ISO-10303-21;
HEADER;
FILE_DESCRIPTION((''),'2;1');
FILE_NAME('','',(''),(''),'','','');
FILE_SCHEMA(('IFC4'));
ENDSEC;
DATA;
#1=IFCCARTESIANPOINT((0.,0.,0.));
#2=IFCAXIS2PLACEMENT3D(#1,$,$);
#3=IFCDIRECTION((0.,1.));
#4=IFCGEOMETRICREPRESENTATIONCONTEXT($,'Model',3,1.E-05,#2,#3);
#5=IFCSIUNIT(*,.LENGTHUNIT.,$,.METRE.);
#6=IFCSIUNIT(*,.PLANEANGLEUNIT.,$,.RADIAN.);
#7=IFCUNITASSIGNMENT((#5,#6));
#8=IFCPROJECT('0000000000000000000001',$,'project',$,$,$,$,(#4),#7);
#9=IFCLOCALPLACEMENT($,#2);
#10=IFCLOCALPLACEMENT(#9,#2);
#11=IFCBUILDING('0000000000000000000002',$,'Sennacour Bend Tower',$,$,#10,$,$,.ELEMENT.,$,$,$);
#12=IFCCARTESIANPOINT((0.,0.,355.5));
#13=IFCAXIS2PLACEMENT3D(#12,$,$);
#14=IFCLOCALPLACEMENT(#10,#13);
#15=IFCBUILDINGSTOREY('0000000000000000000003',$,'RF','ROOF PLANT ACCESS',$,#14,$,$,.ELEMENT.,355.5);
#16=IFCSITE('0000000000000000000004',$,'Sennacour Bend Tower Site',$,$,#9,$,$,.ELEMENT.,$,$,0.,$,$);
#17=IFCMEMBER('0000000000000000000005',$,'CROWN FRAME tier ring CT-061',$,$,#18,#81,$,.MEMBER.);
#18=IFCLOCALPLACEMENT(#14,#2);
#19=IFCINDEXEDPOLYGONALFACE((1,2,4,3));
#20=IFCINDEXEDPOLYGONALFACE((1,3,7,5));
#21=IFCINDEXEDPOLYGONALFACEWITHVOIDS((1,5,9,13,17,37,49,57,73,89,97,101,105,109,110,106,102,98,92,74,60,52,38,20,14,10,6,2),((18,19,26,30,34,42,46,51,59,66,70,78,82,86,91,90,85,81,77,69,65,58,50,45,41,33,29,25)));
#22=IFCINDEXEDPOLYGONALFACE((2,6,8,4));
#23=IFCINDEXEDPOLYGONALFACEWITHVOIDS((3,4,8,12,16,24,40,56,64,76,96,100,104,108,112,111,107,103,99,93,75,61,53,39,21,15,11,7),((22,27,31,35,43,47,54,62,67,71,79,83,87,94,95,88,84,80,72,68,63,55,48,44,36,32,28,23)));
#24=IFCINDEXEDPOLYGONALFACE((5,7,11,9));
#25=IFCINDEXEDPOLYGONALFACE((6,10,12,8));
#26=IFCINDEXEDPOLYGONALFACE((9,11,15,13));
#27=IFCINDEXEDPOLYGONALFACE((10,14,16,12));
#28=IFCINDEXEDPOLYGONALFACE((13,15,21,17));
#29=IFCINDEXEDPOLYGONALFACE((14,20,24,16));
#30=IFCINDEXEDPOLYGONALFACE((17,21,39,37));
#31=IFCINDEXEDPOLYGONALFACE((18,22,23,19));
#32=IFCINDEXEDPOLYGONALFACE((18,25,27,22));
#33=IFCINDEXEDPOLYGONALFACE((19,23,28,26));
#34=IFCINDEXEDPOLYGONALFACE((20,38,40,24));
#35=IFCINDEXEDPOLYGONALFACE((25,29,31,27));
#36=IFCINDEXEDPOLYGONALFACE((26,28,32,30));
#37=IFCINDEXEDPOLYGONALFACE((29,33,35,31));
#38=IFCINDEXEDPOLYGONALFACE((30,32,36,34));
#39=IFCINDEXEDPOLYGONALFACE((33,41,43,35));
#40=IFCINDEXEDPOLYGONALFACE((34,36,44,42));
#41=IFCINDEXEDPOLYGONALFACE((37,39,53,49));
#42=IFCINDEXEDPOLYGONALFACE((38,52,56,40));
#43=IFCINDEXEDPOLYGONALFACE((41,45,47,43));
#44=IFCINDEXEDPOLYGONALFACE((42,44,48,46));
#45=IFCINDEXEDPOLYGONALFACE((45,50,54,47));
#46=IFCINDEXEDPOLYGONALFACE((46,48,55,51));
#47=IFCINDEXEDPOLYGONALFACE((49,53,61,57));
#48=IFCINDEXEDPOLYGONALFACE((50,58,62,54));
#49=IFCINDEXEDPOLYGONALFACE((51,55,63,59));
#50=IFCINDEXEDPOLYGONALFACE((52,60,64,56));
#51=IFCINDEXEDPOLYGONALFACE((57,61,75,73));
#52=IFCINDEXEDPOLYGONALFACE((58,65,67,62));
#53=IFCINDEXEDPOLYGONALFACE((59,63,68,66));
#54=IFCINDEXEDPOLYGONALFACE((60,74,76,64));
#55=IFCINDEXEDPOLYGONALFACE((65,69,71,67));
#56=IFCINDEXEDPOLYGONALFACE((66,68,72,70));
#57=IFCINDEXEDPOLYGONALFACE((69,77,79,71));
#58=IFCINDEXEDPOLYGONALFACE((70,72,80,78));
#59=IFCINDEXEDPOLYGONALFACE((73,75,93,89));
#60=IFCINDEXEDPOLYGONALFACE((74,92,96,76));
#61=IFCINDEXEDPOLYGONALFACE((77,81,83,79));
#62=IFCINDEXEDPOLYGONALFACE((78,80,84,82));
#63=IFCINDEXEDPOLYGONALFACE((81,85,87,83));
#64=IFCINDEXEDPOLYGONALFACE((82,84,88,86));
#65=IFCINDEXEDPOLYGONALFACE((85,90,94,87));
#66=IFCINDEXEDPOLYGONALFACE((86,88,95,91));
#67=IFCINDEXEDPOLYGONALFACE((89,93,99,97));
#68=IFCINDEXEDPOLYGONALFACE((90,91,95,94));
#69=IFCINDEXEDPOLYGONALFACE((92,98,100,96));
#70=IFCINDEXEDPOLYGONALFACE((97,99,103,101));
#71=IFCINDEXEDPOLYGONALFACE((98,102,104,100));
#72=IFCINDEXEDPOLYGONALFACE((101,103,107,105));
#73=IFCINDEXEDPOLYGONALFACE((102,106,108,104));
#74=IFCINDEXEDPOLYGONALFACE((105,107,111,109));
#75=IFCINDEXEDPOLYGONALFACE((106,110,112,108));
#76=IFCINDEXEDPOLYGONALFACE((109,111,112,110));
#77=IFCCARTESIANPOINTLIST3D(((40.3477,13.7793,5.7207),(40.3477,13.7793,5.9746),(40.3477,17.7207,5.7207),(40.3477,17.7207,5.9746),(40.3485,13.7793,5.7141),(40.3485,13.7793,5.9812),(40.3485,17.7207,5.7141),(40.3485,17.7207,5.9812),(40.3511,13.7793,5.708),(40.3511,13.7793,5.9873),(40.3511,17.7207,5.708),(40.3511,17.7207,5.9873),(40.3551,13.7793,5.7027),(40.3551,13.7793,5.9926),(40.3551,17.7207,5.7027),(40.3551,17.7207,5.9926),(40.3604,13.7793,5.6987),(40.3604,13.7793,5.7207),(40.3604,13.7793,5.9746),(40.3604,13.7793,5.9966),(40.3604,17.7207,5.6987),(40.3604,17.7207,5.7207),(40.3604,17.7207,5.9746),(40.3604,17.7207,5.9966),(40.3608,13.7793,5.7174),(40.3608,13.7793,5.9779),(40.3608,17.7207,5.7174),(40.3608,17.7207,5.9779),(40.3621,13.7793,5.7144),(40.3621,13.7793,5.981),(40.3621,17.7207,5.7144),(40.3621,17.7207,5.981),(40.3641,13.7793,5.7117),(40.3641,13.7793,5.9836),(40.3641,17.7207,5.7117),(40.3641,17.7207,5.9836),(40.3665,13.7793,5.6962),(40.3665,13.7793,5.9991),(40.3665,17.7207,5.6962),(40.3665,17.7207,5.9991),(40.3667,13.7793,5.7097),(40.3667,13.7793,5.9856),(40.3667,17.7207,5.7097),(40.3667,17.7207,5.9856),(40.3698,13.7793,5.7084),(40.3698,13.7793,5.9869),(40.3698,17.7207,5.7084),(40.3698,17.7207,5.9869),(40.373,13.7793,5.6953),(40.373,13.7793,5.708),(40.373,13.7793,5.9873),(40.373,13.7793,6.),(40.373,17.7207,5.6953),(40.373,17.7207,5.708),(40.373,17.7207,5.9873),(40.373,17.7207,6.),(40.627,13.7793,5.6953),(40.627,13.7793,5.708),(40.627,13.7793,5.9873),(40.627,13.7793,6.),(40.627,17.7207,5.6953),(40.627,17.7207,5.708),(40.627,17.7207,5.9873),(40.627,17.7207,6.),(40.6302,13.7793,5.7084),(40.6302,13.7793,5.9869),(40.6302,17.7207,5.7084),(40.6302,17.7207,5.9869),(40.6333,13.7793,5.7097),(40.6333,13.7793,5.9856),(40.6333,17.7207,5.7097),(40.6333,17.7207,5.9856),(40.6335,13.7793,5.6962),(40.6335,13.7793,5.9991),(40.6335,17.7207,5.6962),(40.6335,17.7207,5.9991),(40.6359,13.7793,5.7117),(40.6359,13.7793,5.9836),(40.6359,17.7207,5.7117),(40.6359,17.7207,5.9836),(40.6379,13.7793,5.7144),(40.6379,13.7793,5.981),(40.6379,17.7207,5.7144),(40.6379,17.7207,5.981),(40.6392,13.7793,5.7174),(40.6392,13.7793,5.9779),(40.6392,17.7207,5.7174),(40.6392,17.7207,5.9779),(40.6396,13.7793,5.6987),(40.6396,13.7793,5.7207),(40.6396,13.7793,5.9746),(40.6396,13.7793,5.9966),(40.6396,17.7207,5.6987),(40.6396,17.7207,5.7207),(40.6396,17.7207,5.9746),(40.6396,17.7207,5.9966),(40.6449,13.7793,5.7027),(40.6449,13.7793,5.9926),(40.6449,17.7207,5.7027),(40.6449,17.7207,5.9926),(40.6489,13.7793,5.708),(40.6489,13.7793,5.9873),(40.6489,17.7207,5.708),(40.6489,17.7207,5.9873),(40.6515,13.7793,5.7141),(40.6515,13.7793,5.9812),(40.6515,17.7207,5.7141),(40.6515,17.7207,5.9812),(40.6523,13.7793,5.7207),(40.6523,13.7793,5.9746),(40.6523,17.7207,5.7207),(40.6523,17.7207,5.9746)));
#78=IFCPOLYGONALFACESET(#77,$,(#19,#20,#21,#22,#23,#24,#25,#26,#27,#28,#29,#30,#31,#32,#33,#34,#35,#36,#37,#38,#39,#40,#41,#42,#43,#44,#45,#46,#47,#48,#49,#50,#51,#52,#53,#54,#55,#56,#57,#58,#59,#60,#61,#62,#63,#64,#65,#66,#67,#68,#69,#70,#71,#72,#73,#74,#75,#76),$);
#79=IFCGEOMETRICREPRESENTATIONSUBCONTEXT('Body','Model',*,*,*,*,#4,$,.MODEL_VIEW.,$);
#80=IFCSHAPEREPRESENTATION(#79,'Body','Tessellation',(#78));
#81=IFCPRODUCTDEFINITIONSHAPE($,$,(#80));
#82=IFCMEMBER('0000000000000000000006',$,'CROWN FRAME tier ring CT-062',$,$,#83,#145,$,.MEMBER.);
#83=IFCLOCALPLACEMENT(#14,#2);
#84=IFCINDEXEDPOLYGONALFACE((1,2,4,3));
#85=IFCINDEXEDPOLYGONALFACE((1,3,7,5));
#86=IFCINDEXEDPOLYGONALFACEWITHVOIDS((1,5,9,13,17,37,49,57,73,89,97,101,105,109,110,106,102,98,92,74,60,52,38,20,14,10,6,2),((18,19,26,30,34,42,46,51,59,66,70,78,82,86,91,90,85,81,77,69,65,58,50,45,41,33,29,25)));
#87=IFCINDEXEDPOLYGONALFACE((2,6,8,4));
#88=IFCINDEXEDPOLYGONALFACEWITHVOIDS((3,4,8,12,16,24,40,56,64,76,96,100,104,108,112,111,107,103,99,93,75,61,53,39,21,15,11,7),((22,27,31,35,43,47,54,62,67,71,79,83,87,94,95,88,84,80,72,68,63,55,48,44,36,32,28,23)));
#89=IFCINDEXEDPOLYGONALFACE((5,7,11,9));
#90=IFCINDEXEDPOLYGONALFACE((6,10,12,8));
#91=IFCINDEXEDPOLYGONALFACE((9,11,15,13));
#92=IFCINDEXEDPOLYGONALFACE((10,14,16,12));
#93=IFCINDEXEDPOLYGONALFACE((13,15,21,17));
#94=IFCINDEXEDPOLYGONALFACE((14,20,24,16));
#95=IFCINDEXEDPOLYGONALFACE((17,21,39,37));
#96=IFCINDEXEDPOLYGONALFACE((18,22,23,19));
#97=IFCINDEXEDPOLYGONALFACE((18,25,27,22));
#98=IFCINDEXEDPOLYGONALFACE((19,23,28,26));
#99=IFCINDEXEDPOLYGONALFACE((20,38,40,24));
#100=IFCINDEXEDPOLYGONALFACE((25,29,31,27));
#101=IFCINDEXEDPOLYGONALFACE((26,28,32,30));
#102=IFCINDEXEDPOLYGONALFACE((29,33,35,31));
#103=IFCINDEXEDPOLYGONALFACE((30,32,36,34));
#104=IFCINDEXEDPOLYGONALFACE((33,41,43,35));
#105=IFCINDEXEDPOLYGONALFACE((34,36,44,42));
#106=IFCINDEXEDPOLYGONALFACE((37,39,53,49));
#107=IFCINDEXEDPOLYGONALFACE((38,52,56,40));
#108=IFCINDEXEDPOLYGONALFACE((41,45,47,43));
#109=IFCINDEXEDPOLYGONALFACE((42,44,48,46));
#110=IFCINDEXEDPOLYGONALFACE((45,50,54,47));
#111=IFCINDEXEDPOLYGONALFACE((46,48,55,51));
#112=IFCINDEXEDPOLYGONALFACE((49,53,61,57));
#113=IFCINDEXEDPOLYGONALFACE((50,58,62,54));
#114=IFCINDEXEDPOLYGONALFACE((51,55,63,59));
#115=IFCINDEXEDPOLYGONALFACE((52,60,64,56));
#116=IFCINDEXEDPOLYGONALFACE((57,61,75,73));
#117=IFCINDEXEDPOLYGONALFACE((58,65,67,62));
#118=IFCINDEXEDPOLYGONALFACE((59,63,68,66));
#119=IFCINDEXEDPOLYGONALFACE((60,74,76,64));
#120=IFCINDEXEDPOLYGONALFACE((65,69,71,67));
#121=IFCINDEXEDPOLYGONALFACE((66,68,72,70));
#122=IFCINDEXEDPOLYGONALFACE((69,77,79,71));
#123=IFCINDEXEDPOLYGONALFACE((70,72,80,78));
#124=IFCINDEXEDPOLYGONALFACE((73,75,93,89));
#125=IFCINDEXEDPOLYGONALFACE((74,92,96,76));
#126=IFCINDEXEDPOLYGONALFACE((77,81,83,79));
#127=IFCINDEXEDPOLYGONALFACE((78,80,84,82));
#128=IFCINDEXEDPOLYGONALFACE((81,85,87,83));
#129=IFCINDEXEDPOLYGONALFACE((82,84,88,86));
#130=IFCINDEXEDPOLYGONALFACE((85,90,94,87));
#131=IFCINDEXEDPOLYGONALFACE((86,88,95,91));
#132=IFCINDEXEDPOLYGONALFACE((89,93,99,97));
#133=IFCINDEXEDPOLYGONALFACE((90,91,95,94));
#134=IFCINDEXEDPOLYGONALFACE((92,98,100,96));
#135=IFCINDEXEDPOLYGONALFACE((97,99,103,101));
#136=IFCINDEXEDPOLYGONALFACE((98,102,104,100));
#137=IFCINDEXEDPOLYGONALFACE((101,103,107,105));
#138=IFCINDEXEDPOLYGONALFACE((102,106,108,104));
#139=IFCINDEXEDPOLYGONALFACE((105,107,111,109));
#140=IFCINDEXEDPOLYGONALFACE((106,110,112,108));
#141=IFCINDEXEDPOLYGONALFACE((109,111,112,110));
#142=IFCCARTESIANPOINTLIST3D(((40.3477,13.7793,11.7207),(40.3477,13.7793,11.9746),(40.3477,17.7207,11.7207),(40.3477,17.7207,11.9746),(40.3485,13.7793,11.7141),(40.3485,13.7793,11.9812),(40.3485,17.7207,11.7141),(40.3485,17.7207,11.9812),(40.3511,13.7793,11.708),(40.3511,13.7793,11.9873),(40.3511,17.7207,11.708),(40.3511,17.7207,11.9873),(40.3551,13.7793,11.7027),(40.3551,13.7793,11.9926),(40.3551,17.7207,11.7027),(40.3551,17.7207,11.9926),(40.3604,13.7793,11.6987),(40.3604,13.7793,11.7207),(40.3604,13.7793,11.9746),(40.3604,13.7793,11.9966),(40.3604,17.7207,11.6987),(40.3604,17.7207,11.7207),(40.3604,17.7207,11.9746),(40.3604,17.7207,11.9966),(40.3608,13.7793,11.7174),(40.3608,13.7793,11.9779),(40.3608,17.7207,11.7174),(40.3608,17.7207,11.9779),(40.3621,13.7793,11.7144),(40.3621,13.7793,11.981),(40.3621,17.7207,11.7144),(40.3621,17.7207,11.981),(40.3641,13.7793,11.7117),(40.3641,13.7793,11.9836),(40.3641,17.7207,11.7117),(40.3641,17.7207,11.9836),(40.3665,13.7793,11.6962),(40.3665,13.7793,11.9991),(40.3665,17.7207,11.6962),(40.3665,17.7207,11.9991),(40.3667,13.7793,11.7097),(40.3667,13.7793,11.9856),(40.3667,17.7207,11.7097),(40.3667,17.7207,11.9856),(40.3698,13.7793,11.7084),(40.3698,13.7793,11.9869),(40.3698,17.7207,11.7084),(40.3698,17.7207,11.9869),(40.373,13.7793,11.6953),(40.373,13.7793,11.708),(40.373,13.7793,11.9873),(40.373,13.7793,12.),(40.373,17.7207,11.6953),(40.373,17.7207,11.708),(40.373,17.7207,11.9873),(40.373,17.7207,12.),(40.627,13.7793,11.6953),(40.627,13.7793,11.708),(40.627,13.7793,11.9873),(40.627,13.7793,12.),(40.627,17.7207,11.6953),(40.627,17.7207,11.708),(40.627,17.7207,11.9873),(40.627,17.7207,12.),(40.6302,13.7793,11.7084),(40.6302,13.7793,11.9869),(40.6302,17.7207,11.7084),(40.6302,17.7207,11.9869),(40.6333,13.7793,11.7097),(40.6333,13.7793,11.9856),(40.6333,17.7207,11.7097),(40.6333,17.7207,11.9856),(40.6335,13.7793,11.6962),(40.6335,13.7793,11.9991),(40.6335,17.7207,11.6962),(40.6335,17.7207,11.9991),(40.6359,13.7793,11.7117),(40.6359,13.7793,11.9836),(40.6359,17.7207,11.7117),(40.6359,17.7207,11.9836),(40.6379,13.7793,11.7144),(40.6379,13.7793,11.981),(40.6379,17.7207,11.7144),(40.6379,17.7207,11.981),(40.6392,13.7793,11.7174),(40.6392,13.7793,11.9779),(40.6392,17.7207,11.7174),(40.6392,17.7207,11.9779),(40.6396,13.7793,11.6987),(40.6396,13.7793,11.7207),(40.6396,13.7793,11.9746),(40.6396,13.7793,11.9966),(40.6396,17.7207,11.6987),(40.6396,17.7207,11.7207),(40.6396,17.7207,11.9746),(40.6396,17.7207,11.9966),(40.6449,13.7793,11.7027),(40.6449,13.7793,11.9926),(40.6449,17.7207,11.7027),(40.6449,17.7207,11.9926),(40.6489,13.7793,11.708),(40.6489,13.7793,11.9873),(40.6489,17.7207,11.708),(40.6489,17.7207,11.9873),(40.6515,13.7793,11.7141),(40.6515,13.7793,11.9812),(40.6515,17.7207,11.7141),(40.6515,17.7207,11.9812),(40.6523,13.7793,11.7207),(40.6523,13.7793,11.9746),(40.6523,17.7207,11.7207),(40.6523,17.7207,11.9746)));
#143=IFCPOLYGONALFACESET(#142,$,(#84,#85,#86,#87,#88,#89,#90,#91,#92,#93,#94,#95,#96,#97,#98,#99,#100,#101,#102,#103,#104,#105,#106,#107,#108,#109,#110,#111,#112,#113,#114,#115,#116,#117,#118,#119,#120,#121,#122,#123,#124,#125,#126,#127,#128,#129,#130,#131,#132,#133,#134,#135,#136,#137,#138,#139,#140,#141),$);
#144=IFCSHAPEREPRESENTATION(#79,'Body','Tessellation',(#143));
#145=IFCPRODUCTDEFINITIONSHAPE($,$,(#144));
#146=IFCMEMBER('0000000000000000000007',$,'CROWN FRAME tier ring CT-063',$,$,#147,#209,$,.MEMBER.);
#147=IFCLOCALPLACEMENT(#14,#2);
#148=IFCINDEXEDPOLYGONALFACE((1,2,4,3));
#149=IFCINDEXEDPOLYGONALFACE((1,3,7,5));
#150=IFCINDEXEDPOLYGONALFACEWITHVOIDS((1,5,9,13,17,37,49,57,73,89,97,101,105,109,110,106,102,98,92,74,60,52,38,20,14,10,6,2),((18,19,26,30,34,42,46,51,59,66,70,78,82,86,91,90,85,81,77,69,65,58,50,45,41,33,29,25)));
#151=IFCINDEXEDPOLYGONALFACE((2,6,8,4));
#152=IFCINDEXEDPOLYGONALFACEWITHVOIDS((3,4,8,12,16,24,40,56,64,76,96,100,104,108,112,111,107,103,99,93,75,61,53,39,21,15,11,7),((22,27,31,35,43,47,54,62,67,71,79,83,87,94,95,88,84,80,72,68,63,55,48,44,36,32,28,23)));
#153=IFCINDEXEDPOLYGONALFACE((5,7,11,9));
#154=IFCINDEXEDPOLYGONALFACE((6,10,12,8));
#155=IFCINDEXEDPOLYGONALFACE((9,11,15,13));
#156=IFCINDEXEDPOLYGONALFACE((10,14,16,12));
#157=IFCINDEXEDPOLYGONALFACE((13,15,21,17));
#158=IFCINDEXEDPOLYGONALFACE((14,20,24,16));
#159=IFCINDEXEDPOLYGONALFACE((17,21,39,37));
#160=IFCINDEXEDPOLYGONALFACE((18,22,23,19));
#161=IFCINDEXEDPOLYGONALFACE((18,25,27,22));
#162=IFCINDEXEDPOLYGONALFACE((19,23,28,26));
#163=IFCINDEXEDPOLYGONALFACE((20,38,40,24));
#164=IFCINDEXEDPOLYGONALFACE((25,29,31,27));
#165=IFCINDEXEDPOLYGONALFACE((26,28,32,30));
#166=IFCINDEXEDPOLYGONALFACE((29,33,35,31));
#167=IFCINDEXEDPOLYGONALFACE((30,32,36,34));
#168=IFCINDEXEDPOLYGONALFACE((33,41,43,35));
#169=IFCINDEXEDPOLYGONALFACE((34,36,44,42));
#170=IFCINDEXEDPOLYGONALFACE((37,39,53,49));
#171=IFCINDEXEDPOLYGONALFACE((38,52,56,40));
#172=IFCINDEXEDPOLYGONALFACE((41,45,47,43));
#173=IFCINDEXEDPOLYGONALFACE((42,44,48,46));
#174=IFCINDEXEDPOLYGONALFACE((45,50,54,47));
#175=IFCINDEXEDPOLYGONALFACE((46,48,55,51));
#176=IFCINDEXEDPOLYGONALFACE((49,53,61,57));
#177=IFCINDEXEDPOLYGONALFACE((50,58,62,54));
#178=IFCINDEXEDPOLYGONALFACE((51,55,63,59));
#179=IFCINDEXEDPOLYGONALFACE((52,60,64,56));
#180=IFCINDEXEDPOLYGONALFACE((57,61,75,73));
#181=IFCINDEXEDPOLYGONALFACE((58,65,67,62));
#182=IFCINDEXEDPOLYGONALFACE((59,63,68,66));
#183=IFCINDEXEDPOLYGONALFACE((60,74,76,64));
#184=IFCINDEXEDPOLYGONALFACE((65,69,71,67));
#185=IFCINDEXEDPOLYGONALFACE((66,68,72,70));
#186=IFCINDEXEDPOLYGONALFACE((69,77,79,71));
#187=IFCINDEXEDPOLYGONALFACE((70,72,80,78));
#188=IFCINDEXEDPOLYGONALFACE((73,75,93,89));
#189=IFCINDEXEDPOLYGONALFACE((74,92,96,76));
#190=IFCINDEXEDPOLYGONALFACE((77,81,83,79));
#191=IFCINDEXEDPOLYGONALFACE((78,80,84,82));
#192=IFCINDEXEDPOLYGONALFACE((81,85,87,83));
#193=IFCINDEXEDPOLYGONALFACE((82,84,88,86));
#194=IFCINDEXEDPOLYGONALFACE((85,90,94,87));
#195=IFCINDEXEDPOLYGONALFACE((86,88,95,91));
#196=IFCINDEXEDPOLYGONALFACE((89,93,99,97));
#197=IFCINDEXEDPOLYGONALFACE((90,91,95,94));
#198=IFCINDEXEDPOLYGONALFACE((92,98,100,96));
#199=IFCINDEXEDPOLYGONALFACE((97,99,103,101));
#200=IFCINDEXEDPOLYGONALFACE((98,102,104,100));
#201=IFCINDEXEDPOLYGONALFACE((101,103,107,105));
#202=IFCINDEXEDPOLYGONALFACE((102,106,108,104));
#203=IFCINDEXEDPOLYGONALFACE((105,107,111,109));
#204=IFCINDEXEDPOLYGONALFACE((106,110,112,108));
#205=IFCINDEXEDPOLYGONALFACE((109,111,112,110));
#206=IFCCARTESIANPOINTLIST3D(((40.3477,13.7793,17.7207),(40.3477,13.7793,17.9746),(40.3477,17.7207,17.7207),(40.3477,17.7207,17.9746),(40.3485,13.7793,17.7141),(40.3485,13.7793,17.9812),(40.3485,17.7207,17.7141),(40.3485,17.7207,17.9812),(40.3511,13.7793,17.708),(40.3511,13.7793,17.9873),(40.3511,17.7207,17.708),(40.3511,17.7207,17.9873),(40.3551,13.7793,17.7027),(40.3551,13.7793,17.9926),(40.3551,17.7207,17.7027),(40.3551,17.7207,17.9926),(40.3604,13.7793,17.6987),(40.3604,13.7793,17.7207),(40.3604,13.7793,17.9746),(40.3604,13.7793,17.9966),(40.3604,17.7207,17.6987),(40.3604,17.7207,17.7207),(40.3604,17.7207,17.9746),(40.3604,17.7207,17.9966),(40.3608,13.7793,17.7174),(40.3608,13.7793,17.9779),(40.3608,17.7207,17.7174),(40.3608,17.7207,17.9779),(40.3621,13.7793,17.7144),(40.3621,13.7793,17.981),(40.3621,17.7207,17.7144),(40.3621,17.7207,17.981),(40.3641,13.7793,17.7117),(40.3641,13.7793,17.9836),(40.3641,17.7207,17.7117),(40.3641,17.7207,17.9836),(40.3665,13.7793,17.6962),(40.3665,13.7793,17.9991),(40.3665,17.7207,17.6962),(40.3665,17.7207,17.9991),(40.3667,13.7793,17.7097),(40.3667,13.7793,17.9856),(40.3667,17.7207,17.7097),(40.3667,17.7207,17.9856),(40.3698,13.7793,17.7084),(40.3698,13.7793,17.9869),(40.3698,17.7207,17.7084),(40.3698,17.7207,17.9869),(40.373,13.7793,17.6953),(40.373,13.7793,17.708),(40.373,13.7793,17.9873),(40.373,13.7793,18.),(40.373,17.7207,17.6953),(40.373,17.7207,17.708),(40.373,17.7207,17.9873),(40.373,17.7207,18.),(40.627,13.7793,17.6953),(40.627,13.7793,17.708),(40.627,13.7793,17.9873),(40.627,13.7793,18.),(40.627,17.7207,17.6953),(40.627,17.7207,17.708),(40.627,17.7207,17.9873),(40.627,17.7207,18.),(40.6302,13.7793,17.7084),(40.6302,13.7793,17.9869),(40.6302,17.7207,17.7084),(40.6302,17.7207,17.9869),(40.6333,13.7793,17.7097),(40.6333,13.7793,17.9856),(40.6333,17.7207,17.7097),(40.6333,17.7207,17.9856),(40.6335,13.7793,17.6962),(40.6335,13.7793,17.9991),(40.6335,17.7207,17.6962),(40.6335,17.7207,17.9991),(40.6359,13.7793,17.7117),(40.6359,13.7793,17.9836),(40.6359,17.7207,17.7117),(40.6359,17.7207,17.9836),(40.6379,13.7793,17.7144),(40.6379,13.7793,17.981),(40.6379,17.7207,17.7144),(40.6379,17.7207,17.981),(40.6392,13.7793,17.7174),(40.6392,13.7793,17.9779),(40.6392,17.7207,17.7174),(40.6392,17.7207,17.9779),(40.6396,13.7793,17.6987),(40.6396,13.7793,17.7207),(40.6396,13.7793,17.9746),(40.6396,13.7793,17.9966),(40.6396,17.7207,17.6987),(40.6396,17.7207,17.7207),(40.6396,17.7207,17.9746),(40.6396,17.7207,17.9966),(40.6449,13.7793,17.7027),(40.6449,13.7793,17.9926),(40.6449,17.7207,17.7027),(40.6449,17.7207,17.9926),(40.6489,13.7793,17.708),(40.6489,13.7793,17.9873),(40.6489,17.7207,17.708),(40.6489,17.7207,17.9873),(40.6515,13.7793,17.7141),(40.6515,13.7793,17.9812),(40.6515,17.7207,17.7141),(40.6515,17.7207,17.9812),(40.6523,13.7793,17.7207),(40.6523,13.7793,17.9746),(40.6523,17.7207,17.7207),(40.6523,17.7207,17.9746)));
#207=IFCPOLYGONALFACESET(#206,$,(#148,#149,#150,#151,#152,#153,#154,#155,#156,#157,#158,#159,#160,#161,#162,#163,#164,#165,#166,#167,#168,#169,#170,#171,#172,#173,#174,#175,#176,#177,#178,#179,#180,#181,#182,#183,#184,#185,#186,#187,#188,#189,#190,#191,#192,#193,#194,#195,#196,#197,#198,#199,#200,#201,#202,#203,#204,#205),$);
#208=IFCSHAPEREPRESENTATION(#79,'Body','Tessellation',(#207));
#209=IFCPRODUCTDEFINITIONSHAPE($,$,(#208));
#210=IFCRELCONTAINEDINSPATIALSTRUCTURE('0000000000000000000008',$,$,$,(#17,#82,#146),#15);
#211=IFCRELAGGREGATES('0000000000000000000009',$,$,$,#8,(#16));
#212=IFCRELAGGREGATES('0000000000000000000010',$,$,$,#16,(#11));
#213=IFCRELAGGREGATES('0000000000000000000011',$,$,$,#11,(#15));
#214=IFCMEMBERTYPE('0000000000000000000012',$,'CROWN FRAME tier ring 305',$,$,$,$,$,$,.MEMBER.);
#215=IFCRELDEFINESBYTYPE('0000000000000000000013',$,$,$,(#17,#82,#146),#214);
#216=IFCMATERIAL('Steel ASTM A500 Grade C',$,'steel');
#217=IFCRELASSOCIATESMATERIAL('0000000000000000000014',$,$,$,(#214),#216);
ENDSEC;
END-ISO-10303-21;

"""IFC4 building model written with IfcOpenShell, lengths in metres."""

from ifc_helpers import new_model, si_unit, direction, frame, origin, origin_2d, place, context, subcontext, project, spatial, hollow_rectangle, extrude, material, material_profile, profile_set, type_object, element, save


model = new_model("IFC4")

# Units and contexts
model_context = context("Model", 3, precision=1e-05, world=origin(), true_north=direction((0.0, 1.0)))
body_context = subcontext(model_context, "Body", "Model", "MODEL_VIEW")
ifc_project = project(units=[si_unit("LENGTHUNIT", "METRE"), si_unit("PLANEANGLEUNIT", "RADIAN")], contexts=[model_context])

# Site, building, storey
site_placement = place(None, origin())
site = spatial("IfcSite", under=ifc_project, at=site_placement, Name="Sennacour Bend Tower Site", CompositionType="ELEMENT", RefElevation=0.0)
building_placement = place(site_placement, origin())
building = spatial("IfcBuilding", under=site, at=building_placement, Name="Sennacour Bend Tower", CompositionType="ELEMENT")
storey_placement = place(building_placement, frame((0.0, 0.0, 355.5)))
storey = spatial("IfcBuildingStorey", under=building, at=storey_placement, Name="RF", Description="ROOF PLANT ACCESS", CompositionType="ELEMENT", Elevation=355.5)

# Shared definitions
ifc_material_1 = material(Name="Steel ASTM A500 Grade C", Category="steel")

# Members
ifc_material_profile_1 = material_profile(ifc_material_1, hollow_rectangle(XDim=0.3047, YDim=0.3047, WallThickness=0.0127, InnerFilletRadius=0.0127, OuterFilletRadius=0.0254, at=origin_2d()), Name="Steel ASTM A500 Grade C", Category="steel")
ifc_profile_set_1 = profile_set([ifc_material_profile_1], Name="Steel ASTM A500 Grade C")
member_type_1 = type_object("IfcMemberType", Name="CROWN FRAME tier ring 305", PredefinedType="MEMBER", material=ifc_profile_set_1)
for number, where, z_axis, x_axis, name in (
    (1, (40.5, 17.7207, 5.8477), (0.0, -1.0, 0.0), (1.0, 0.0, 0.0), "CROWN FRAME tier ring CT-061"),
    (2, (40.5, 17.7207, 11.8477), (0.0, -1.0, 0.0), (1.0, 0.0, 0.0), "CROWN FRAME tier ring CT-062"),
    (3, (40.5, 17.7207, 17.8477), (0.0, -1.0, 0.0), (1.0, 0.0, 0.0), "CROWN FRAME tier ring CT-063"),
):
    element("IfcMember", number, at=place(storey_placement, frame(where, z_axis=z_axis, x_axis=x_axis)), inside=storey, type_object=member_type_1, Name=name, PredefinedType="MEMBER", context=body_context, shape_type="SweptSolid", body=[
        extrude(hollow_rectangle(XDim=0.3047, YDim=0.3047, WallThickness=0.0127, InnerFilletRadius=0.0127, OuterFilletRadius=0.0254, at=origin_2d()), origin(), (0.0, 0.0, 1.0), 3.9414),
    ])

save(model, "model.ifc")
